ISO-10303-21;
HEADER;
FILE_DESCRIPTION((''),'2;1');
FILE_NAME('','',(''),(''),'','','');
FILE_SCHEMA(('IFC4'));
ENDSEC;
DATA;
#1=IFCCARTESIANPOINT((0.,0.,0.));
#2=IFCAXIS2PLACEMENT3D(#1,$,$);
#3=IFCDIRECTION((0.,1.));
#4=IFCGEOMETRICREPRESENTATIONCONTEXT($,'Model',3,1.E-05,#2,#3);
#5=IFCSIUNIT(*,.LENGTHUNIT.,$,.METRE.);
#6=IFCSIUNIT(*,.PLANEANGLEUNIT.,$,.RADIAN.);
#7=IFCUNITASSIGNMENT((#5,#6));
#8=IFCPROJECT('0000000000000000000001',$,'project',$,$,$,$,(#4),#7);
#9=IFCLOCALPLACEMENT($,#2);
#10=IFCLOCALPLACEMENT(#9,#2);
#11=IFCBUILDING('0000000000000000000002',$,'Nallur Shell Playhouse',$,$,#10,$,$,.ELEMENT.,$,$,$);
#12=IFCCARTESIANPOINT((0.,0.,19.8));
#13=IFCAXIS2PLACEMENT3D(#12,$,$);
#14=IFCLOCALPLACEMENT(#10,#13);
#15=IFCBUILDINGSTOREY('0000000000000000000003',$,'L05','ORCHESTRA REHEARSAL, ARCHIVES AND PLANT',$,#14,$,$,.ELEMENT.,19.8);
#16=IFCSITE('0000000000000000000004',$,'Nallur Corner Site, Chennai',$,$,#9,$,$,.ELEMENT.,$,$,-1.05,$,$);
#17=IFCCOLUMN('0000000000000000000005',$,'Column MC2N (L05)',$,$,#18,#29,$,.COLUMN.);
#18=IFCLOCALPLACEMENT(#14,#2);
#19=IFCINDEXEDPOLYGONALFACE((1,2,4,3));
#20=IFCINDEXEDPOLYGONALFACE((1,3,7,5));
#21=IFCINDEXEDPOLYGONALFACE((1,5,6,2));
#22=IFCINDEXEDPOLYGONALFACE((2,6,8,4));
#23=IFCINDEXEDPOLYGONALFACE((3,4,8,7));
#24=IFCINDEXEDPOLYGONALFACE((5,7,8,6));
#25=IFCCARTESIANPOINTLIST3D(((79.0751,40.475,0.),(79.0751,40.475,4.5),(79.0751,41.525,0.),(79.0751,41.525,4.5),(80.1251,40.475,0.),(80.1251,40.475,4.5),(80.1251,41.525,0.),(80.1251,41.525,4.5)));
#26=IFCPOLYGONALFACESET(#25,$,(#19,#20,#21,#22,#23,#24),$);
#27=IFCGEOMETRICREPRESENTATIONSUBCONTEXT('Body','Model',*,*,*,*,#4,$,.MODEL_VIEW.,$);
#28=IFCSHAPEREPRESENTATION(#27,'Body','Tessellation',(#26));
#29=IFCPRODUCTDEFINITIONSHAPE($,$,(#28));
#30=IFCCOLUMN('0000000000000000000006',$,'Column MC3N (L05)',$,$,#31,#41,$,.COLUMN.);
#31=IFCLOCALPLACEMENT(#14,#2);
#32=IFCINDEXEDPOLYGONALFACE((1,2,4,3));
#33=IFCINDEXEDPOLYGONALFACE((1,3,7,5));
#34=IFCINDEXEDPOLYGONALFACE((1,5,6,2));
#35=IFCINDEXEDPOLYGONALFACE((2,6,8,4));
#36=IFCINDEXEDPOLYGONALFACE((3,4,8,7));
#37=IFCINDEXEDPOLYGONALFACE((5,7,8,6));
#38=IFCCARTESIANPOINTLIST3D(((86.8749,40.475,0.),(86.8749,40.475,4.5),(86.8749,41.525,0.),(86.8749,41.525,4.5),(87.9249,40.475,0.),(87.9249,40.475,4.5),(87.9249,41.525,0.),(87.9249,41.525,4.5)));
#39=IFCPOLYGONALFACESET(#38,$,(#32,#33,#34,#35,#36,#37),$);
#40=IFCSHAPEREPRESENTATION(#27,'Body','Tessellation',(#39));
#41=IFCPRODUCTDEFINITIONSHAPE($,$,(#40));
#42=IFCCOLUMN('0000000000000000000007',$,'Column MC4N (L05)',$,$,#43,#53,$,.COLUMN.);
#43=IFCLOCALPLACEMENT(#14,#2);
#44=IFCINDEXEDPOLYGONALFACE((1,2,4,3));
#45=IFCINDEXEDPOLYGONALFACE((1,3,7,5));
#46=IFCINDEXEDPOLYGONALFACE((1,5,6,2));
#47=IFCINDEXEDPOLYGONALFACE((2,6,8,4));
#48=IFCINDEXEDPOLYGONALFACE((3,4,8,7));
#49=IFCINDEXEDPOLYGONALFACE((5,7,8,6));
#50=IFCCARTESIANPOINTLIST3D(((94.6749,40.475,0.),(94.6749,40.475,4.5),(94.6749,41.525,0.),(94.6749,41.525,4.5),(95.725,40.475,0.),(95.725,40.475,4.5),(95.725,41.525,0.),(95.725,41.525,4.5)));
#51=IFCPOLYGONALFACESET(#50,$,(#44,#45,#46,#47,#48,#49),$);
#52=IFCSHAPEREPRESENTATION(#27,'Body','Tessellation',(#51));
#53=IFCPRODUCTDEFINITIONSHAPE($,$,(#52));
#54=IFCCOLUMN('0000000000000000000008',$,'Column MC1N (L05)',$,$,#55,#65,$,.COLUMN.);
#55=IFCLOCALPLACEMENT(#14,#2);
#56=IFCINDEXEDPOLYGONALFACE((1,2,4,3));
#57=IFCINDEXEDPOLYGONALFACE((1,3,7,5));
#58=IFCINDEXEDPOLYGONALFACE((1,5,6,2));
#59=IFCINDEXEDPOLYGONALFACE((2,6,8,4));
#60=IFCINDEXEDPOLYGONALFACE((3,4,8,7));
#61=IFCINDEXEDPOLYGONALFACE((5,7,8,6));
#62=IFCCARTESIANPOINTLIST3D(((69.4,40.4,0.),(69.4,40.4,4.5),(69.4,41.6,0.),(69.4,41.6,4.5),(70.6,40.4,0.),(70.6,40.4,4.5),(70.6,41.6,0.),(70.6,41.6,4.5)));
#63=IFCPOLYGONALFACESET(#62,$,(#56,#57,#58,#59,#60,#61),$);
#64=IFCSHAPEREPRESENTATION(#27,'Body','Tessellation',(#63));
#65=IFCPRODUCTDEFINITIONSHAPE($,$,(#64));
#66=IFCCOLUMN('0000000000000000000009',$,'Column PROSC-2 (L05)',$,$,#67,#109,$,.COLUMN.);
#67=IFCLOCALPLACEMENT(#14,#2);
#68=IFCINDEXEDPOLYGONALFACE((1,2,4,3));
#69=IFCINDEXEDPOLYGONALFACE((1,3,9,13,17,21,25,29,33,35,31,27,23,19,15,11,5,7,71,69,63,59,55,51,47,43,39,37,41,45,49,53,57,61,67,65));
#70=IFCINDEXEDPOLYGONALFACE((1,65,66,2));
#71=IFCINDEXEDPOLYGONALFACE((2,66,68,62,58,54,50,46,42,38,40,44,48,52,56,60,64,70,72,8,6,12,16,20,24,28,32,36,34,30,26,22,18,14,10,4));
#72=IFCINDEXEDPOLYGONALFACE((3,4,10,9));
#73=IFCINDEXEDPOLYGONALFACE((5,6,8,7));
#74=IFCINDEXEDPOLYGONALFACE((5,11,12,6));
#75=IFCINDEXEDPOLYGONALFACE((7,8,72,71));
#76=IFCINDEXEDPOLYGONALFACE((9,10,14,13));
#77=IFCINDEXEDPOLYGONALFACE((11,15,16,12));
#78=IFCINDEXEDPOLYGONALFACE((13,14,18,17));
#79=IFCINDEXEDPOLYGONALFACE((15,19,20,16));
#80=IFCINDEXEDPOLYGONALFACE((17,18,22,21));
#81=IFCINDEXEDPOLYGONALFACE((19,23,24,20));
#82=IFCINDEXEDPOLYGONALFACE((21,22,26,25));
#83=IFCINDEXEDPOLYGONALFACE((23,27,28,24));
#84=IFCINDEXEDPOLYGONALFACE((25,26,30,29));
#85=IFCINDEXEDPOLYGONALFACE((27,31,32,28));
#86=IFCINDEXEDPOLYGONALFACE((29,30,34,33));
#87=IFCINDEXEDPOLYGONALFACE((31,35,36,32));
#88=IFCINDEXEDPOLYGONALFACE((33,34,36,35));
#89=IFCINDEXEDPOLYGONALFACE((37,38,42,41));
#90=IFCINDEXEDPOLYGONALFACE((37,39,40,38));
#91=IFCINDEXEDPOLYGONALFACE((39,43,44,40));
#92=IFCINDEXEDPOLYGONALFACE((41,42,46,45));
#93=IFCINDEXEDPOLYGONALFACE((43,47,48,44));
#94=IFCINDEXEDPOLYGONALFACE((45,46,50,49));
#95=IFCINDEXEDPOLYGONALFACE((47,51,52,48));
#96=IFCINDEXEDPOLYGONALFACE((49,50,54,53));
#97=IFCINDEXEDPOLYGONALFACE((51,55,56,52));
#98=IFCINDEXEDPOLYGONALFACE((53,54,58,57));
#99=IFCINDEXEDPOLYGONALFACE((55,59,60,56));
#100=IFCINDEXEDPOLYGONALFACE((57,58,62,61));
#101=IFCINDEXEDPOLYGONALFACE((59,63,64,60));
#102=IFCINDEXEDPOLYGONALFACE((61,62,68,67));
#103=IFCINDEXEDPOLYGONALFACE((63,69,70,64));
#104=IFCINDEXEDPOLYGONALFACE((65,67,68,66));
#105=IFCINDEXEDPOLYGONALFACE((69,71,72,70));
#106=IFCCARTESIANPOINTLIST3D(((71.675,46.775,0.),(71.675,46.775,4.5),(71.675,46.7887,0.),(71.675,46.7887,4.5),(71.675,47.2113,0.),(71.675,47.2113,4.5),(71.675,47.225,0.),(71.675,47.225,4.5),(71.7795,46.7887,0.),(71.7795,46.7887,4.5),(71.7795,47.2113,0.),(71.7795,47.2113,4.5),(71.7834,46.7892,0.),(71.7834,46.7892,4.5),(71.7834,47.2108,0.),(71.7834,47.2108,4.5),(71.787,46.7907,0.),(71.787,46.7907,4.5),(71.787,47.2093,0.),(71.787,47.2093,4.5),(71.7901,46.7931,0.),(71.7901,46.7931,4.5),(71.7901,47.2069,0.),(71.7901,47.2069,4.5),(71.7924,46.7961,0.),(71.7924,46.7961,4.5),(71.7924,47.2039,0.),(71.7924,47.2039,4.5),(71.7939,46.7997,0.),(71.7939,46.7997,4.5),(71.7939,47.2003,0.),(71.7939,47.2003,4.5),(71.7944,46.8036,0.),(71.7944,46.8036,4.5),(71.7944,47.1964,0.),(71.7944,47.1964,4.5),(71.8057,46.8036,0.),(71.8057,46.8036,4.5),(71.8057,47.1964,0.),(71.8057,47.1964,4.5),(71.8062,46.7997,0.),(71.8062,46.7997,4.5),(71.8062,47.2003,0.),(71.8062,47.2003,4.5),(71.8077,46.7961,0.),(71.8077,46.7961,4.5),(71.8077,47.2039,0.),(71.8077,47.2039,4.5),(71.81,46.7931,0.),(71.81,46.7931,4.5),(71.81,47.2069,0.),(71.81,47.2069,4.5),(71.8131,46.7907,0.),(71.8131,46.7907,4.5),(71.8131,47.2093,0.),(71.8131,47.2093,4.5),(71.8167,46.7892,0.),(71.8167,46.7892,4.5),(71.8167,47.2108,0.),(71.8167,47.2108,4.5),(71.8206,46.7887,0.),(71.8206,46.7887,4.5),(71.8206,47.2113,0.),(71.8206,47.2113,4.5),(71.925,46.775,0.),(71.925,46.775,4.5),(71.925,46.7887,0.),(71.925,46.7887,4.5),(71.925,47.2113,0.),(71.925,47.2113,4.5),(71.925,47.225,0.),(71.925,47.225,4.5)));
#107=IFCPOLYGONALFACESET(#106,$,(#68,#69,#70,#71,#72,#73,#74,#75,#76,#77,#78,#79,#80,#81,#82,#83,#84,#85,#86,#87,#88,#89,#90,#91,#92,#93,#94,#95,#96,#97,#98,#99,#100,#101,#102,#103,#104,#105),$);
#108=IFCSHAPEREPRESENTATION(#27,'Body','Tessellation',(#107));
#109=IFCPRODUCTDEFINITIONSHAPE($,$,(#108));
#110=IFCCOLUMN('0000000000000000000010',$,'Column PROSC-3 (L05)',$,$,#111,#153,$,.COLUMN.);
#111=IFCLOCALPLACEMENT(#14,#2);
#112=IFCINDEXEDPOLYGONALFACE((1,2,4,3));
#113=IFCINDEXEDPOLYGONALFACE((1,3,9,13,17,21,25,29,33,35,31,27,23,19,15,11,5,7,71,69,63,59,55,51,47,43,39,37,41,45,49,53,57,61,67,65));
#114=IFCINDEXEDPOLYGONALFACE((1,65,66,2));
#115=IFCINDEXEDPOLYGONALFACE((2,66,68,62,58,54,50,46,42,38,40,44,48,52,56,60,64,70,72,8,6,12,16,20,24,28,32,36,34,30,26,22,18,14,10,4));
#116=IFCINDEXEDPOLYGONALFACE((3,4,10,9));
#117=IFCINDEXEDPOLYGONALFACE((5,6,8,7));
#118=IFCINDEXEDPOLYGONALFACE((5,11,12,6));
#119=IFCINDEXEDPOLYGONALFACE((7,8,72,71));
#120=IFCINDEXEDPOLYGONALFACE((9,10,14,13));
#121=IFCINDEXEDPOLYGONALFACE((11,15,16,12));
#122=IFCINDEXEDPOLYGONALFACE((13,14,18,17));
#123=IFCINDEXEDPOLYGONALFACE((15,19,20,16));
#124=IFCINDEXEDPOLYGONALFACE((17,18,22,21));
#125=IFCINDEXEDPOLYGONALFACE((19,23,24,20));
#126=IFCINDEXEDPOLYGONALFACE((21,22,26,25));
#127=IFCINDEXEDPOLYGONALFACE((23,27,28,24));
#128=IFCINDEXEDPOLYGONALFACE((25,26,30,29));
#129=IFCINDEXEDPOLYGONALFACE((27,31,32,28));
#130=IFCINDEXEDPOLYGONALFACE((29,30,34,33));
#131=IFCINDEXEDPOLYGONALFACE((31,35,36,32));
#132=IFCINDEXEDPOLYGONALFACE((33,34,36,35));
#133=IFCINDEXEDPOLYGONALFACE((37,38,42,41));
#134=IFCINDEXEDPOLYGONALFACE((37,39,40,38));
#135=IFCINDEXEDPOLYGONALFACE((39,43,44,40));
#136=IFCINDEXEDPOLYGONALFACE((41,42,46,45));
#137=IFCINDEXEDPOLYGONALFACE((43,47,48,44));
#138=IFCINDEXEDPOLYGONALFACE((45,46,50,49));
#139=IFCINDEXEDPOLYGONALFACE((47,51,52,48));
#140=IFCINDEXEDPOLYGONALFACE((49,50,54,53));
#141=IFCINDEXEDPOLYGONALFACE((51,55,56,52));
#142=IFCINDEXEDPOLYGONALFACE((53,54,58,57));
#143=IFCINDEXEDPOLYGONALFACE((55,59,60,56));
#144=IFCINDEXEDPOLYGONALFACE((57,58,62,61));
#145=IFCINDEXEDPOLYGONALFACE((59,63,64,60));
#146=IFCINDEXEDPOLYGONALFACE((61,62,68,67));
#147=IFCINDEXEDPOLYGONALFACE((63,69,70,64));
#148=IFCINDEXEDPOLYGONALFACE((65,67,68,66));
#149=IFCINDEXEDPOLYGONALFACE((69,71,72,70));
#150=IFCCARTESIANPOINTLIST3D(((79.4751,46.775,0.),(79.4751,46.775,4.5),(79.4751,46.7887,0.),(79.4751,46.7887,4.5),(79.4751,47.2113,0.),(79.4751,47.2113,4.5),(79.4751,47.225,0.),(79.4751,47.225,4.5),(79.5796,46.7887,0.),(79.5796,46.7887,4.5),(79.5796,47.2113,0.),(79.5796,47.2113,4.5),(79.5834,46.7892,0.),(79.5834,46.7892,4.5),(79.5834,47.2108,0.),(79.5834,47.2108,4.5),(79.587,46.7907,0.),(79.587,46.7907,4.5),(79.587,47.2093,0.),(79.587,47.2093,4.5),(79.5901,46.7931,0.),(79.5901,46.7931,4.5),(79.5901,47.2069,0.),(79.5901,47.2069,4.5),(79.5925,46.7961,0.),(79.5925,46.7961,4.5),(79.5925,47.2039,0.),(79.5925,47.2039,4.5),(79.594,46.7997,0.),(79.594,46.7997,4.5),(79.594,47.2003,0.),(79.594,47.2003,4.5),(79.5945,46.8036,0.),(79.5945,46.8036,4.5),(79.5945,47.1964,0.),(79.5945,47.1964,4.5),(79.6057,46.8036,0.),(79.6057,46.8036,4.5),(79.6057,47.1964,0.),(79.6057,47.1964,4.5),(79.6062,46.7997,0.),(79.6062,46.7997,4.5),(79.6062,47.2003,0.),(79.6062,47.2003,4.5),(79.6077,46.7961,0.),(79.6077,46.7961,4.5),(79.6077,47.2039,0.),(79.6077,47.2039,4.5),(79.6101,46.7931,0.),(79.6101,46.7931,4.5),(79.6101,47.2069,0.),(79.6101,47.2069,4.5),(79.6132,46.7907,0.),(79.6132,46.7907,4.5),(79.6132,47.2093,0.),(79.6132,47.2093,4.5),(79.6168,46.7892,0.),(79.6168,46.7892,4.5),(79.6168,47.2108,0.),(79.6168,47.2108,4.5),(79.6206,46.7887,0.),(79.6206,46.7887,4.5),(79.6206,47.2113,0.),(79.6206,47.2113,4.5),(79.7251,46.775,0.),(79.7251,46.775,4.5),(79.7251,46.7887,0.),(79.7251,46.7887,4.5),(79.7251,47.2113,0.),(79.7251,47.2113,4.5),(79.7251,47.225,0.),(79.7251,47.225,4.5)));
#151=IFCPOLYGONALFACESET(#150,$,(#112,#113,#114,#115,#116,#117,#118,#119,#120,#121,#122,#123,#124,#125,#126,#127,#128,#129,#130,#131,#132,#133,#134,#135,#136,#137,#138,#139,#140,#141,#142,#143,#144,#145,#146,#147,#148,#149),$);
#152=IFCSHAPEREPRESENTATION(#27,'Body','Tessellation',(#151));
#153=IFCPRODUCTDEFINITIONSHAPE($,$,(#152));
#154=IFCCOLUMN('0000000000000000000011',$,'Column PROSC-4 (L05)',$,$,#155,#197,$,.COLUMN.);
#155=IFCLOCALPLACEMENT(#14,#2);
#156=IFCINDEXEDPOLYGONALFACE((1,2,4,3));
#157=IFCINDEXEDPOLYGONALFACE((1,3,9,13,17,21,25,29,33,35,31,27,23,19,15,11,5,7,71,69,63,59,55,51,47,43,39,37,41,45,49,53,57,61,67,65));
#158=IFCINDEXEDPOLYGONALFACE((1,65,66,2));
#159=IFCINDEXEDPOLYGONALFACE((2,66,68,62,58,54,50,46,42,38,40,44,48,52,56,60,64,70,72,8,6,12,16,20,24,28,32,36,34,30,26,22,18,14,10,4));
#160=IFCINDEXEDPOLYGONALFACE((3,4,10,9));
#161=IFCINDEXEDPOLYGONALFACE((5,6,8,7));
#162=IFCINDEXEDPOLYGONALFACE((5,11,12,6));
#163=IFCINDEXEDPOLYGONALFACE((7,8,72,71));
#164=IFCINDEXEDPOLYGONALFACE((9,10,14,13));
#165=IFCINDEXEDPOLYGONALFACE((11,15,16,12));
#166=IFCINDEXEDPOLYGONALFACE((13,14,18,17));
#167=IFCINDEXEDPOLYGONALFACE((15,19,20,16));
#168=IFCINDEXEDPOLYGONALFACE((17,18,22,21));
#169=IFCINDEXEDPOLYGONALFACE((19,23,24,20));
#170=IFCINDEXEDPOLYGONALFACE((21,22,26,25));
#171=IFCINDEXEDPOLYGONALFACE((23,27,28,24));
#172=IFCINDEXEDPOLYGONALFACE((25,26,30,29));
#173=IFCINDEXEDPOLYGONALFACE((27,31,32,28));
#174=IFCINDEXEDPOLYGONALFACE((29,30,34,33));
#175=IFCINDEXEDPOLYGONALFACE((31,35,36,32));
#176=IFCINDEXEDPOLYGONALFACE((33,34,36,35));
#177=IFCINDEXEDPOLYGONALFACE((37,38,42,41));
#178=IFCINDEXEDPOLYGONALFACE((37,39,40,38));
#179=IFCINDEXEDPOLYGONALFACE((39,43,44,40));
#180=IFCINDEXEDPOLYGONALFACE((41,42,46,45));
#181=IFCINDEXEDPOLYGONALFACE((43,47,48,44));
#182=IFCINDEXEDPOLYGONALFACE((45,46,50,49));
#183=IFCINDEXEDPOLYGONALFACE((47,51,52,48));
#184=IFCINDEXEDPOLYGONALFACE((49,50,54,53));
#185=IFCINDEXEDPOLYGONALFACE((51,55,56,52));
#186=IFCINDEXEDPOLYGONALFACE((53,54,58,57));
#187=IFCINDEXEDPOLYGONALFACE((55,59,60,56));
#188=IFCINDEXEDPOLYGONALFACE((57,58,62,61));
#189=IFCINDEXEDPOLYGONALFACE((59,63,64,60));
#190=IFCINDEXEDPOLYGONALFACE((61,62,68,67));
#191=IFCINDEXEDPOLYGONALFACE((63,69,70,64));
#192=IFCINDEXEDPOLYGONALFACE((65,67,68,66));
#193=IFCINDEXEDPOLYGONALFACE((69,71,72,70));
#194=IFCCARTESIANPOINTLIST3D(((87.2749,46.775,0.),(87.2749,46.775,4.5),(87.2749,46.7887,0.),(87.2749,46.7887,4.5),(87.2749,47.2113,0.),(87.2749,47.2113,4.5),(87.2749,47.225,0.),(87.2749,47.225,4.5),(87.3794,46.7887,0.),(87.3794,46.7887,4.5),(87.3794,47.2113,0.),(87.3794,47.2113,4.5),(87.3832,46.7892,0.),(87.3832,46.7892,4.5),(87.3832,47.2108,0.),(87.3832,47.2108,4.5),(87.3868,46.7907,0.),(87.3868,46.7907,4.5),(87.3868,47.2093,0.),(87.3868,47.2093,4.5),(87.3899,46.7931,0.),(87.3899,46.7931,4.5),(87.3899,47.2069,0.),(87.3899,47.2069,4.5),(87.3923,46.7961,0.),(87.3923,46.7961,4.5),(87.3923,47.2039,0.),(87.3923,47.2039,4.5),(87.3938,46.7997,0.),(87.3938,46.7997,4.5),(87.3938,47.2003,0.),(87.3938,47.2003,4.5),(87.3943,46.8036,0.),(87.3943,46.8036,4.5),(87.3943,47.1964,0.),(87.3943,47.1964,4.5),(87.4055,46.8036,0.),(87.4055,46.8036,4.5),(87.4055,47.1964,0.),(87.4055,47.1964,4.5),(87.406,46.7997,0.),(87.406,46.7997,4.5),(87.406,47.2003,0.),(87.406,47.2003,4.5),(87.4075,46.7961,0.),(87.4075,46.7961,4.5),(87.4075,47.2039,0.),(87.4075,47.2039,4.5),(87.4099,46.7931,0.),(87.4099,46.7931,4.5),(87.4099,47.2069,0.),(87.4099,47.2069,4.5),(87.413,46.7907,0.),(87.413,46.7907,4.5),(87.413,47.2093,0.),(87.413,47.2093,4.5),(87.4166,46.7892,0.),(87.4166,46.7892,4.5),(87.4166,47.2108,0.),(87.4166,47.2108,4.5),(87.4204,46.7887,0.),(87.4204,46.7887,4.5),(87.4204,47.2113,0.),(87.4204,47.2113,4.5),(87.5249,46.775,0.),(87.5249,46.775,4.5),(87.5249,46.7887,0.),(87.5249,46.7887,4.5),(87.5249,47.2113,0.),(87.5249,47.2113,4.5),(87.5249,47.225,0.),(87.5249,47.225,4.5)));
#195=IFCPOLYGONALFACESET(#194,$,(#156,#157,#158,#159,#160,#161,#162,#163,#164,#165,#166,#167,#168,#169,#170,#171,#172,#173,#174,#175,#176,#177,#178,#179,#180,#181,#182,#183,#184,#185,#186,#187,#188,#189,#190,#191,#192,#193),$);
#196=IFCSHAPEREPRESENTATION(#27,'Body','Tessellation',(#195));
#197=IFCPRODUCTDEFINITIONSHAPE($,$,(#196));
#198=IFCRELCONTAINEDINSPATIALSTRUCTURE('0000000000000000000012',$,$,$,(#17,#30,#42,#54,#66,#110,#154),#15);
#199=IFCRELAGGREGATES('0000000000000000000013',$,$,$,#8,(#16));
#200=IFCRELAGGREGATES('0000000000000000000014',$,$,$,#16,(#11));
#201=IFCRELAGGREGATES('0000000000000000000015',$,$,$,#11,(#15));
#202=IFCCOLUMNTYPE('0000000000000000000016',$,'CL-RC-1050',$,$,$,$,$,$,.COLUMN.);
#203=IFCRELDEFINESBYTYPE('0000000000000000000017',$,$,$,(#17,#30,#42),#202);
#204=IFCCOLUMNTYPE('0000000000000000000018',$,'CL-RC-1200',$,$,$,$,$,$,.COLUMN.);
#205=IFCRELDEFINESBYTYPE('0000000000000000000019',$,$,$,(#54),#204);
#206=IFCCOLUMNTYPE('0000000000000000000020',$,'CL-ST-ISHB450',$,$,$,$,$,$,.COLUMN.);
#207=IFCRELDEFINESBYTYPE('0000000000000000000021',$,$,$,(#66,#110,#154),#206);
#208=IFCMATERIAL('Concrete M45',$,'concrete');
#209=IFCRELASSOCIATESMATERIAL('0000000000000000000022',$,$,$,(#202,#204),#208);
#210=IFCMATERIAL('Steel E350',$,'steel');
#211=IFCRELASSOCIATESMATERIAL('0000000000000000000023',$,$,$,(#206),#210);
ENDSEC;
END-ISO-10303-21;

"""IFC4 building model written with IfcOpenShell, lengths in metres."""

from ifc_helpers import new_model, si_unit, direction, frame, origin, origin_2d, place, context, subcontext, project, spatial, rectangle, i_section, extrude, material, material_profile, profile_set, type_object, element, save


model = new_model("IFC4")

# Units and contexts
model_context = context("Model", 3, precision=1e-05, world=origin(), true_north=direction((0.0, 1.0)))
body_context = subcontext(model_context, "Body", "Model", "MODEL_VIEW")
ifc_project = project(units=[si_unit("LENGTHUNIT", "METRE"), si_unit("PLANEANGLEUNIT", "RADIAN")], contexts=[model_context])

# Site, building, storey
site_placement = place(None, origin())
site = spatial("IfcSite", under=ifc_project, at=site_placement, Name="Nallur Corner Site, Chennai", CompositionType="ELEMENT", RefElevation=-1.05)
building_placement = place(site_placement, origin())
building = spatial("IfcBuilding", under=site, at=building_placement, Name="Nallur Shell Playhouse", CompositionType="ELEMENT")
storey_placement = place(building_placement, frame((0.0, 0.0, 19.8)))
storey = spatial("IfcBuildingStorey", under=building, at=storey_placement, Name="L05", Description="ORCHESTRA REHEARSAL, ARCHIVES AND PLANT", CompositionType="ELEMENT", Elevation=19.8)

# Columns
ifc_material_1 = material(Name="Concrete M45", Category="concrete")
ifc_material_profile_1 = material_profile(ifc_material_1, rectangle(XDim=1.05, YDim=1.05, at=origin_2d()), Name="RC 1050x1050")
ifc_profile_set_1 = profile_set([ifc_material_profile_1], Name="Concrete M45")
column_type_1 = type_object("IfcColumnType", Name="CL-RC-1050", PredefinedType="COLUMN", material=ifc_profile_set_1)
for number, where, z_axis, x_axis, name in (
    (1, (79.6001, 41.0, 0.0), (0.0, 0.0, 1.0), (1.0, 0.0, 0.0), "Column MC2N (L05)"),
    (2, (87.3999, 41.0, 0.0), (0.0, 0.0, 1.0), (1.0, 0.0, 0.0), "Column MC3N (L05)"),
    (3, (95.2, 41.0, 0.0), (0.0, 0.0, 1.0), (1.0, 0.0, 0.0), "Column MC4N (L05)"),
):
    element("IfcColumn", number, at=place(storey_placement, frame(where, z_axis=z_axis, x_axis=x_axis)), inside=storey, type_object=column_type_1, Name=name, PredefinedType="COLUMN", context=body_context, shape_type="SweptSolid", body=[
        extrude(rectangle(XDim=1.05, YDim=1.05, at=origin_2d()), origin(), (0.0, 0.0, 1.0), 4.5),
    ])
ifc_material_profile_2 = material_profile(ifc_material_1, rectangle(XDim=1.2, YDim=1.2, at=origin_2d()), Name="RC 1200x1200")
ifc_profile_set_2 = profile_set([ifc_material_profile_2], Name="Concrete M45")
column_type_2 = type_object("IfcColumnType", Name="CL-RC-1200", PredefinedType="COLUMN", material=ifc_profile_set_2)
column_placement = place(storey_placement, frame((70.0, 41.0, 0.0), z_axis=(0.0, 0.0, 1.0), x_axis=(1.0, 0.0, 0.0)))
element("IfcColumn", 4, at=column_placement, inside=storey, type_object=column_type_2, Name="Column MC1N (L05)", PredefinedType="COLUMN", context=body_context, shape_type="SweptSolid", body=[
    extrude(rectangle(XDim=1.2, YDim=1.2, at=origin_2d()), origin(), (0.0, 0.0, 1.0), 4.5),
])
ifc_material_2 = material(Name="Steel E350", Category="steel")
ifc_material_profile_3 = material_profile(ifc_material_2, i_section(OverallWidth=0.25, OverallDepth=0.45, WebThickness=0.0112, FlangeThickness=0.0137, FilletRadius=0.0149, at=origin_2d()), Name="ISHB 450")
ifc_profile_set_3 = profile_set([ifc_material_profile_3], Name="Steel E350")
column_type_3 = type_object("IfcColumnType", Name="CL-ST-ISHB450", PredefinedType="COLUMN", material=ifc_profile_set_3)
for number, where, z_axis, x_axis, name in (
    (5, (71.8, 47.0, 0.0), (0.0, 0.0, 1.0), (1.0, 0.0, 0.0), "Column PROSC-2 (L05)"),
    (6, (79.6001, 47.0, 0.0), (0.0, 0.0, 1.0), (1.0, 0.0, 0.0), "Column PROSC-3 (L05)"),
    (7, (87.3999, 47.0, 0.0), (0.0, 0.0, 1.0), (1.0, 0.0, 0.0), "Column PROSC-4 (L05)"),
):
    element("IfcColumn", number, at=place(storey_placement, frame(where, z_axis=z_axis, x_axis=x_axis)), inside=storey, type_object=column_type_3, Name=name, PredefinedType="COLUMN", context=body_context, shape_type="SweptSolid", body=[
        extrude(i_section(OverallWidth=0.25, OverallDepth=0.45, WebThickness=0.0112, FlangeThickness=0.0137, FilletRadius=0.0149, at=origin_2d()), origin(), (0.0, 0.0, 1.0), 4.5),
    ])

save(model, "model.ifc")
